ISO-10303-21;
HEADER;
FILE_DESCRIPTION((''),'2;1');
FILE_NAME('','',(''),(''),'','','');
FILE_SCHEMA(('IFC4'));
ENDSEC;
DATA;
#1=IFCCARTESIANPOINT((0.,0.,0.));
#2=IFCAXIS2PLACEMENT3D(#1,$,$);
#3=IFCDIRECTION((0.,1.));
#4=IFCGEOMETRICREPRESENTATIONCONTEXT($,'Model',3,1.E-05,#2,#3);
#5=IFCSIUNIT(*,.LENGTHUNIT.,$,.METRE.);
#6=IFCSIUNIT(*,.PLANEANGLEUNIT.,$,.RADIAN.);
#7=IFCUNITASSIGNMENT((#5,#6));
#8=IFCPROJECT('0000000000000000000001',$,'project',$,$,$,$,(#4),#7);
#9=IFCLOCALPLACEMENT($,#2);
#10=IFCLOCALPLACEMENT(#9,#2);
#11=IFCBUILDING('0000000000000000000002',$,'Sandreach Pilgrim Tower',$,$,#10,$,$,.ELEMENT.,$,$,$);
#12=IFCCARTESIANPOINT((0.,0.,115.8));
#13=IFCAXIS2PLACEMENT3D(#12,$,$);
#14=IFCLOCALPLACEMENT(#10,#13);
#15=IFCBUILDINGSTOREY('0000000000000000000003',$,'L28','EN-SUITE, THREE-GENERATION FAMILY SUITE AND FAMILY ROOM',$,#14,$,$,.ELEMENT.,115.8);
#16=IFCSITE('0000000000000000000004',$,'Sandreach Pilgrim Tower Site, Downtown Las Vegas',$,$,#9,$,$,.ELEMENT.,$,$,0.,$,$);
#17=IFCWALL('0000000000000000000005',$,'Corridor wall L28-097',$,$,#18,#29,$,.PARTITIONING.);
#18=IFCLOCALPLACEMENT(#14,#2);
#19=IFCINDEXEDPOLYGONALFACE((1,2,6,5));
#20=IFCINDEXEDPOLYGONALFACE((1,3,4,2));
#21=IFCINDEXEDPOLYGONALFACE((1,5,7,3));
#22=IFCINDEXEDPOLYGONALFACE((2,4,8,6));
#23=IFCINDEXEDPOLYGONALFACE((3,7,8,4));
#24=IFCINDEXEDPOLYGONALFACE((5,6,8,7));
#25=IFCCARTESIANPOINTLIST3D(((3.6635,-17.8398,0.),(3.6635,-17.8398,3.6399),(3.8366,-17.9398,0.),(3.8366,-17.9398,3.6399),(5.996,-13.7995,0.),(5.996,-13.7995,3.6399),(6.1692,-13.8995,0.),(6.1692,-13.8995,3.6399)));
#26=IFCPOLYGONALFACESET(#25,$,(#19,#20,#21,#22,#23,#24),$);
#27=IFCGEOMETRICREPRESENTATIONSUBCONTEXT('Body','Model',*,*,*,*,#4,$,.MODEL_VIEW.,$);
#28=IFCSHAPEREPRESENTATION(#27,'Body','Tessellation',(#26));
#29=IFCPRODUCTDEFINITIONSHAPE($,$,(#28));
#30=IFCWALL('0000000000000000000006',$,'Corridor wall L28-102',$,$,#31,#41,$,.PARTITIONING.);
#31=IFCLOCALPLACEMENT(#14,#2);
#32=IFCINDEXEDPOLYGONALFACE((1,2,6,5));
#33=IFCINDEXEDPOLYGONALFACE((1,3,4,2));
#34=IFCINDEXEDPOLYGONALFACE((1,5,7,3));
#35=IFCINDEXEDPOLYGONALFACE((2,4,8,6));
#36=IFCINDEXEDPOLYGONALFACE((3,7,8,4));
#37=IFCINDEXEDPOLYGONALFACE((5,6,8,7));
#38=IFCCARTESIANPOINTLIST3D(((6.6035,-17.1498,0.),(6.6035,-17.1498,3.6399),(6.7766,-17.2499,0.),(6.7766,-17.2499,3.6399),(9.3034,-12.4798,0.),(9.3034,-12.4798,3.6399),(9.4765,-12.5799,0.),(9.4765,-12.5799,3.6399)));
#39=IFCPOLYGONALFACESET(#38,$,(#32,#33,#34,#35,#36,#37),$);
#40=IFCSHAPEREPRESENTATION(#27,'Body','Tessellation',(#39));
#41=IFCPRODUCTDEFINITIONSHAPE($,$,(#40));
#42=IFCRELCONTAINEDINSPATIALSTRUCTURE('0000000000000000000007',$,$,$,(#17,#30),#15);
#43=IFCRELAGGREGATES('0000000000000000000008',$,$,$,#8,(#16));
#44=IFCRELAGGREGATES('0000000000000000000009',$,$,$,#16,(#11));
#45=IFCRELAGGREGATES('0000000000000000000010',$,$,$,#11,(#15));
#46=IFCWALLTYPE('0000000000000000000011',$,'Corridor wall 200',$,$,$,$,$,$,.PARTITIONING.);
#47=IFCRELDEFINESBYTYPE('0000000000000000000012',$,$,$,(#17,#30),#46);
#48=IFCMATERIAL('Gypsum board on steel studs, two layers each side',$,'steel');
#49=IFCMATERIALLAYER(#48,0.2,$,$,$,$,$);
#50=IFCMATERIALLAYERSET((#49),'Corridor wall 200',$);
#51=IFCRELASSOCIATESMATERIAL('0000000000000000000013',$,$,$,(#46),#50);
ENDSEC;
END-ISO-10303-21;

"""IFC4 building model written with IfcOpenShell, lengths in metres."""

from ifc_helpers import new_model, si_unit, direction, frame, frame_2d, origin, place, context, subcontext, project, spatial, rectangle, extrude, material, layer, layer_set, type_object, element, save


model = new_model("IFC4")

# Units and contexts
model_context = context("Model", 3, precision=1e-05, world=origin(), true_north=direction((0.0, 1.0)))
body_context = subcontext(model_context, "Body", "Model", "MODEL_VIEW")
ifc_project = project(units=[si_unit("LENGTHUNIT", "METRE"), si_unit("PLANEANGLEUNIT", "RADIAN")], contexts=[model_context])

# Site, building, storey
site_placement = place(None, origin())
site = spatial("IfcSite", under=ifc_project, at=site_placement, Name="Sandreach Pilgrim Tower Site, Downtown Las Vegas", CompositionType="ELEMENT", RefElevation=0.0)
building_placement = place(site_placement, origin())
building = spatial("IfcBuilding", under=site, at=building_placement, Name="Sandreach Pilgrim Tower", CompositionType="ELEMENT")
storey_placement = place(building_placement, frame((0.0, 0.0, 115.8)))
storey = spatial("IfcBuildingStorey", under=building, at=storey_placement, Name="L28", Description="EN-SUITE, THREE-GENERATION FAMILY SUITE AND FAMILY ROOM", CompositionType="ELEMENT", Elevation=115.8)

# Shared definitions
ifc_material_1 = material(Name="Gypsum board on steel studs, two layers each side", Category="steel")
ifc_layer_1 = layer(ifc_material_1, 0.2)
ifc_layer_set_1 = layer_set([ifc_layer_1], Name="Corridor wall 200")
wall_type_1 = type_object("IfcWallType", Name="Corridor wall 200", PredefinedType="PARTITIONING", material=ifc_layer_set_1)

# Walls
wall_1_placement = place(storey_placement, frame((6.0825, -13.8496, 0.0), z_axis=(0.0, 0.0, 1.0), x_axis=(-0.499978, -0.866038, 0.0)))
element("IfcWall", 1, at=wall_1_placement, inside=storey, type_object=wall_type_1, Name="Corridor wall L28-097", PredefinedType="PARTITIONING", context=body_context, shape_type="SweptSolid", body=[
    extrude(rectangle(XDim=4.6653, YDim=0.2, at=frame_2d((2.3325, 0.0))), origin(), (0.0, 0.0, 1.0), 3.6399),
])
wall_2_placement = place(storey_placement, frame((6.6899, -17.2, 0.0), z_axis=(0.0, 0.0, 1.0), x_axis=(0.500524, 0.865723, 0.0)))
element("IfcWall", 2, at=wall_2_placement, inside=storey, type_object=wall_type_1, Name="Corridor wall L28-102", PredefinedType="PARTITIONING", context=body_context, shape_type="SweptSolid", body=[
    extrude(rectangle(XDim=5.3943, YDim=0.2, at=frame_2d((2.6973, 0.0))), origin(), (0.0, 0.0, 1.0), 3.6399),
])

save(model, "model.ifc")
